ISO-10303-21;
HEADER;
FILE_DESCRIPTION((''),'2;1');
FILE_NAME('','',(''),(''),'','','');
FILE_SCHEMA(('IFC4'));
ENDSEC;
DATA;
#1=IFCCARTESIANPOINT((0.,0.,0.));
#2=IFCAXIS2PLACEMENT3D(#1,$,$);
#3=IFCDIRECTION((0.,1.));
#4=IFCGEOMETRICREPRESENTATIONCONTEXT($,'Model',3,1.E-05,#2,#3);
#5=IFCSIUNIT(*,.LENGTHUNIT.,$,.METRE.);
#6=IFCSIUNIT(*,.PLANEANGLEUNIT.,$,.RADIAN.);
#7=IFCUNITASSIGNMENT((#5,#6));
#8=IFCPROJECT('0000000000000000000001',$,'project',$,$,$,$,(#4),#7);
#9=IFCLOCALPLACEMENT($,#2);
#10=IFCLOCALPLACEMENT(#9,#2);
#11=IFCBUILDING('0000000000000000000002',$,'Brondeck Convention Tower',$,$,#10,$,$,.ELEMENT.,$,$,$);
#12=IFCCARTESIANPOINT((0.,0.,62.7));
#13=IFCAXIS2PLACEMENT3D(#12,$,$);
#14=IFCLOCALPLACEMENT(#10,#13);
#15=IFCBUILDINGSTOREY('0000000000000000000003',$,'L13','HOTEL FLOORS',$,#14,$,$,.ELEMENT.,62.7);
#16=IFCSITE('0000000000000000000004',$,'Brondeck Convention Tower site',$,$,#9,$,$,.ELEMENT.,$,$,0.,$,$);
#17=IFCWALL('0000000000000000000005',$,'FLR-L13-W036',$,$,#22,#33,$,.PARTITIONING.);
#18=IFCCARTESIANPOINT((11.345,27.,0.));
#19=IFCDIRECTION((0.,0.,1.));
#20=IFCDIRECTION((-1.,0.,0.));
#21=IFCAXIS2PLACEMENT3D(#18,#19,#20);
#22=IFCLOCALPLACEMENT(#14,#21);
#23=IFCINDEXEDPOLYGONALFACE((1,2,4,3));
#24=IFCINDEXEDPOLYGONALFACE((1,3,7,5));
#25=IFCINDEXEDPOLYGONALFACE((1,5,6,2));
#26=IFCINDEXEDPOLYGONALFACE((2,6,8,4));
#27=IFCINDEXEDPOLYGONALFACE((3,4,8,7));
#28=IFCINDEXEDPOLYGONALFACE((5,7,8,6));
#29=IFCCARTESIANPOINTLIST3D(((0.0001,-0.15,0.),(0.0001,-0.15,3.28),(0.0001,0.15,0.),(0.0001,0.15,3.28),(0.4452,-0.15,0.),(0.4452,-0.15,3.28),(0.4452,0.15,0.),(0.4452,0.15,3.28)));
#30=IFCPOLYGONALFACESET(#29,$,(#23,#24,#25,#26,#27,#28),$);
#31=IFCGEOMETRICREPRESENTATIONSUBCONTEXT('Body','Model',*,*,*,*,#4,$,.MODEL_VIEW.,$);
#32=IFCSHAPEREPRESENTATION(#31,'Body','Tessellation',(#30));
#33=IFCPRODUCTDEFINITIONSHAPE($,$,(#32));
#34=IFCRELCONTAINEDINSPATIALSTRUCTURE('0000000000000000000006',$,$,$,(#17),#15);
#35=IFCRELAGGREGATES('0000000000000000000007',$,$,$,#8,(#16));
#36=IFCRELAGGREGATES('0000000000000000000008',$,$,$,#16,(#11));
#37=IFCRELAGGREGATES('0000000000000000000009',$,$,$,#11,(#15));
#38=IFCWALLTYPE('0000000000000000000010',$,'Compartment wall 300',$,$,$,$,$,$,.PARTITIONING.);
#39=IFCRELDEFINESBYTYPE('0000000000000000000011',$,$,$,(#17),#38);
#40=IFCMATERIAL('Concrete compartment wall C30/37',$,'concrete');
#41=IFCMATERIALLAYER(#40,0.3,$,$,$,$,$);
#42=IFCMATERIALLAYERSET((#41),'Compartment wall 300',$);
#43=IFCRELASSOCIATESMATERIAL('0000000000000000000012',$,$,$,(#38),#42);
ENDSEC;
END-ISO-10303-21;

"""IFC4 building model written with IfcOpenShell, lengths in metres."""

from ifc_helpers import new_model, si_unit, direction, frame, frame_2d, origin, place, context, subcontext, project, spatial, rectangle, extrude, material, layer, layer_set, type_object, element, save


model = new_model("IFC4")

# Units and contexts
model_context = context("Model", 3, precision=1e-05, world=origin(), true_north=direction((0.0, 1.0)))
body_context = subcontext(model_context, "Body", "Model", "MODEL_VIEW")
ifc_project = project(units=[si_unit("LENGTHUNIT", "METRE"), si_unit("PLANEANGLEUNIT", "RADIAN")], contexts=[model_context])

# Site, building, storey
site_placement = place(None, origin())
site = spatial("IfcSite", under=ifc_project, at=site_placement, Name="Brondeck Convention Tower site", CompositionType="ELEMENT", RefElevation=0.0)
building_placement = place(site_placement, origin())
building = spatial("IfcBuilding", under=site, at=building_placement, Name="Brondeck Convention Tower", CompositionType="ELEMENT")
storey_placement = place(building_placement, frame((0.0, 0.0, 62.7)))
storey = spatial("IfcBuildingStorey", under=building, at=storey_placement, Name="L13", Description="HOTEL FLOORS", CompositionType="ELEMENT", Elevation=62.7)

# Wall
ifc_material_1 = material(Name="Concrete compartment wall C30/37", Category="concrete")
ifc_layer_1 = layer(ifc_material_1, 0.3)
ifc_layer_set_1 = layer_set([ifc_layer_1], Name="Compartment wall 300")
wall_type_1 = type_object("IfcWallType", Name="Compartment wall 300", PredefinedType="PARTITIONING", material=ifc_layer_set_1)
wall_1_placement = place(storey_placement, frame((11.345, 27.0, 0.0), z_axis=(0.0, 0.0, 1.0), x_axis=(-1.0, 0.0, 0.0)))
element("IfcWall", 1, at=wall_1_placement, inside=storey, type_object=wall_type_1, Name="FLR-L13-W036", PredefinedType="PARTITIONING", context=body_context, shape_type="SweptSolid", body=[
    extrude(rectangle(XDim=0.4451, YDim=0.3, at=frame_2d((0.2227, 0.0))), origin(), (0.0, 0.0, 1.0), 3.28),
])

save(model, "model.ifc")
